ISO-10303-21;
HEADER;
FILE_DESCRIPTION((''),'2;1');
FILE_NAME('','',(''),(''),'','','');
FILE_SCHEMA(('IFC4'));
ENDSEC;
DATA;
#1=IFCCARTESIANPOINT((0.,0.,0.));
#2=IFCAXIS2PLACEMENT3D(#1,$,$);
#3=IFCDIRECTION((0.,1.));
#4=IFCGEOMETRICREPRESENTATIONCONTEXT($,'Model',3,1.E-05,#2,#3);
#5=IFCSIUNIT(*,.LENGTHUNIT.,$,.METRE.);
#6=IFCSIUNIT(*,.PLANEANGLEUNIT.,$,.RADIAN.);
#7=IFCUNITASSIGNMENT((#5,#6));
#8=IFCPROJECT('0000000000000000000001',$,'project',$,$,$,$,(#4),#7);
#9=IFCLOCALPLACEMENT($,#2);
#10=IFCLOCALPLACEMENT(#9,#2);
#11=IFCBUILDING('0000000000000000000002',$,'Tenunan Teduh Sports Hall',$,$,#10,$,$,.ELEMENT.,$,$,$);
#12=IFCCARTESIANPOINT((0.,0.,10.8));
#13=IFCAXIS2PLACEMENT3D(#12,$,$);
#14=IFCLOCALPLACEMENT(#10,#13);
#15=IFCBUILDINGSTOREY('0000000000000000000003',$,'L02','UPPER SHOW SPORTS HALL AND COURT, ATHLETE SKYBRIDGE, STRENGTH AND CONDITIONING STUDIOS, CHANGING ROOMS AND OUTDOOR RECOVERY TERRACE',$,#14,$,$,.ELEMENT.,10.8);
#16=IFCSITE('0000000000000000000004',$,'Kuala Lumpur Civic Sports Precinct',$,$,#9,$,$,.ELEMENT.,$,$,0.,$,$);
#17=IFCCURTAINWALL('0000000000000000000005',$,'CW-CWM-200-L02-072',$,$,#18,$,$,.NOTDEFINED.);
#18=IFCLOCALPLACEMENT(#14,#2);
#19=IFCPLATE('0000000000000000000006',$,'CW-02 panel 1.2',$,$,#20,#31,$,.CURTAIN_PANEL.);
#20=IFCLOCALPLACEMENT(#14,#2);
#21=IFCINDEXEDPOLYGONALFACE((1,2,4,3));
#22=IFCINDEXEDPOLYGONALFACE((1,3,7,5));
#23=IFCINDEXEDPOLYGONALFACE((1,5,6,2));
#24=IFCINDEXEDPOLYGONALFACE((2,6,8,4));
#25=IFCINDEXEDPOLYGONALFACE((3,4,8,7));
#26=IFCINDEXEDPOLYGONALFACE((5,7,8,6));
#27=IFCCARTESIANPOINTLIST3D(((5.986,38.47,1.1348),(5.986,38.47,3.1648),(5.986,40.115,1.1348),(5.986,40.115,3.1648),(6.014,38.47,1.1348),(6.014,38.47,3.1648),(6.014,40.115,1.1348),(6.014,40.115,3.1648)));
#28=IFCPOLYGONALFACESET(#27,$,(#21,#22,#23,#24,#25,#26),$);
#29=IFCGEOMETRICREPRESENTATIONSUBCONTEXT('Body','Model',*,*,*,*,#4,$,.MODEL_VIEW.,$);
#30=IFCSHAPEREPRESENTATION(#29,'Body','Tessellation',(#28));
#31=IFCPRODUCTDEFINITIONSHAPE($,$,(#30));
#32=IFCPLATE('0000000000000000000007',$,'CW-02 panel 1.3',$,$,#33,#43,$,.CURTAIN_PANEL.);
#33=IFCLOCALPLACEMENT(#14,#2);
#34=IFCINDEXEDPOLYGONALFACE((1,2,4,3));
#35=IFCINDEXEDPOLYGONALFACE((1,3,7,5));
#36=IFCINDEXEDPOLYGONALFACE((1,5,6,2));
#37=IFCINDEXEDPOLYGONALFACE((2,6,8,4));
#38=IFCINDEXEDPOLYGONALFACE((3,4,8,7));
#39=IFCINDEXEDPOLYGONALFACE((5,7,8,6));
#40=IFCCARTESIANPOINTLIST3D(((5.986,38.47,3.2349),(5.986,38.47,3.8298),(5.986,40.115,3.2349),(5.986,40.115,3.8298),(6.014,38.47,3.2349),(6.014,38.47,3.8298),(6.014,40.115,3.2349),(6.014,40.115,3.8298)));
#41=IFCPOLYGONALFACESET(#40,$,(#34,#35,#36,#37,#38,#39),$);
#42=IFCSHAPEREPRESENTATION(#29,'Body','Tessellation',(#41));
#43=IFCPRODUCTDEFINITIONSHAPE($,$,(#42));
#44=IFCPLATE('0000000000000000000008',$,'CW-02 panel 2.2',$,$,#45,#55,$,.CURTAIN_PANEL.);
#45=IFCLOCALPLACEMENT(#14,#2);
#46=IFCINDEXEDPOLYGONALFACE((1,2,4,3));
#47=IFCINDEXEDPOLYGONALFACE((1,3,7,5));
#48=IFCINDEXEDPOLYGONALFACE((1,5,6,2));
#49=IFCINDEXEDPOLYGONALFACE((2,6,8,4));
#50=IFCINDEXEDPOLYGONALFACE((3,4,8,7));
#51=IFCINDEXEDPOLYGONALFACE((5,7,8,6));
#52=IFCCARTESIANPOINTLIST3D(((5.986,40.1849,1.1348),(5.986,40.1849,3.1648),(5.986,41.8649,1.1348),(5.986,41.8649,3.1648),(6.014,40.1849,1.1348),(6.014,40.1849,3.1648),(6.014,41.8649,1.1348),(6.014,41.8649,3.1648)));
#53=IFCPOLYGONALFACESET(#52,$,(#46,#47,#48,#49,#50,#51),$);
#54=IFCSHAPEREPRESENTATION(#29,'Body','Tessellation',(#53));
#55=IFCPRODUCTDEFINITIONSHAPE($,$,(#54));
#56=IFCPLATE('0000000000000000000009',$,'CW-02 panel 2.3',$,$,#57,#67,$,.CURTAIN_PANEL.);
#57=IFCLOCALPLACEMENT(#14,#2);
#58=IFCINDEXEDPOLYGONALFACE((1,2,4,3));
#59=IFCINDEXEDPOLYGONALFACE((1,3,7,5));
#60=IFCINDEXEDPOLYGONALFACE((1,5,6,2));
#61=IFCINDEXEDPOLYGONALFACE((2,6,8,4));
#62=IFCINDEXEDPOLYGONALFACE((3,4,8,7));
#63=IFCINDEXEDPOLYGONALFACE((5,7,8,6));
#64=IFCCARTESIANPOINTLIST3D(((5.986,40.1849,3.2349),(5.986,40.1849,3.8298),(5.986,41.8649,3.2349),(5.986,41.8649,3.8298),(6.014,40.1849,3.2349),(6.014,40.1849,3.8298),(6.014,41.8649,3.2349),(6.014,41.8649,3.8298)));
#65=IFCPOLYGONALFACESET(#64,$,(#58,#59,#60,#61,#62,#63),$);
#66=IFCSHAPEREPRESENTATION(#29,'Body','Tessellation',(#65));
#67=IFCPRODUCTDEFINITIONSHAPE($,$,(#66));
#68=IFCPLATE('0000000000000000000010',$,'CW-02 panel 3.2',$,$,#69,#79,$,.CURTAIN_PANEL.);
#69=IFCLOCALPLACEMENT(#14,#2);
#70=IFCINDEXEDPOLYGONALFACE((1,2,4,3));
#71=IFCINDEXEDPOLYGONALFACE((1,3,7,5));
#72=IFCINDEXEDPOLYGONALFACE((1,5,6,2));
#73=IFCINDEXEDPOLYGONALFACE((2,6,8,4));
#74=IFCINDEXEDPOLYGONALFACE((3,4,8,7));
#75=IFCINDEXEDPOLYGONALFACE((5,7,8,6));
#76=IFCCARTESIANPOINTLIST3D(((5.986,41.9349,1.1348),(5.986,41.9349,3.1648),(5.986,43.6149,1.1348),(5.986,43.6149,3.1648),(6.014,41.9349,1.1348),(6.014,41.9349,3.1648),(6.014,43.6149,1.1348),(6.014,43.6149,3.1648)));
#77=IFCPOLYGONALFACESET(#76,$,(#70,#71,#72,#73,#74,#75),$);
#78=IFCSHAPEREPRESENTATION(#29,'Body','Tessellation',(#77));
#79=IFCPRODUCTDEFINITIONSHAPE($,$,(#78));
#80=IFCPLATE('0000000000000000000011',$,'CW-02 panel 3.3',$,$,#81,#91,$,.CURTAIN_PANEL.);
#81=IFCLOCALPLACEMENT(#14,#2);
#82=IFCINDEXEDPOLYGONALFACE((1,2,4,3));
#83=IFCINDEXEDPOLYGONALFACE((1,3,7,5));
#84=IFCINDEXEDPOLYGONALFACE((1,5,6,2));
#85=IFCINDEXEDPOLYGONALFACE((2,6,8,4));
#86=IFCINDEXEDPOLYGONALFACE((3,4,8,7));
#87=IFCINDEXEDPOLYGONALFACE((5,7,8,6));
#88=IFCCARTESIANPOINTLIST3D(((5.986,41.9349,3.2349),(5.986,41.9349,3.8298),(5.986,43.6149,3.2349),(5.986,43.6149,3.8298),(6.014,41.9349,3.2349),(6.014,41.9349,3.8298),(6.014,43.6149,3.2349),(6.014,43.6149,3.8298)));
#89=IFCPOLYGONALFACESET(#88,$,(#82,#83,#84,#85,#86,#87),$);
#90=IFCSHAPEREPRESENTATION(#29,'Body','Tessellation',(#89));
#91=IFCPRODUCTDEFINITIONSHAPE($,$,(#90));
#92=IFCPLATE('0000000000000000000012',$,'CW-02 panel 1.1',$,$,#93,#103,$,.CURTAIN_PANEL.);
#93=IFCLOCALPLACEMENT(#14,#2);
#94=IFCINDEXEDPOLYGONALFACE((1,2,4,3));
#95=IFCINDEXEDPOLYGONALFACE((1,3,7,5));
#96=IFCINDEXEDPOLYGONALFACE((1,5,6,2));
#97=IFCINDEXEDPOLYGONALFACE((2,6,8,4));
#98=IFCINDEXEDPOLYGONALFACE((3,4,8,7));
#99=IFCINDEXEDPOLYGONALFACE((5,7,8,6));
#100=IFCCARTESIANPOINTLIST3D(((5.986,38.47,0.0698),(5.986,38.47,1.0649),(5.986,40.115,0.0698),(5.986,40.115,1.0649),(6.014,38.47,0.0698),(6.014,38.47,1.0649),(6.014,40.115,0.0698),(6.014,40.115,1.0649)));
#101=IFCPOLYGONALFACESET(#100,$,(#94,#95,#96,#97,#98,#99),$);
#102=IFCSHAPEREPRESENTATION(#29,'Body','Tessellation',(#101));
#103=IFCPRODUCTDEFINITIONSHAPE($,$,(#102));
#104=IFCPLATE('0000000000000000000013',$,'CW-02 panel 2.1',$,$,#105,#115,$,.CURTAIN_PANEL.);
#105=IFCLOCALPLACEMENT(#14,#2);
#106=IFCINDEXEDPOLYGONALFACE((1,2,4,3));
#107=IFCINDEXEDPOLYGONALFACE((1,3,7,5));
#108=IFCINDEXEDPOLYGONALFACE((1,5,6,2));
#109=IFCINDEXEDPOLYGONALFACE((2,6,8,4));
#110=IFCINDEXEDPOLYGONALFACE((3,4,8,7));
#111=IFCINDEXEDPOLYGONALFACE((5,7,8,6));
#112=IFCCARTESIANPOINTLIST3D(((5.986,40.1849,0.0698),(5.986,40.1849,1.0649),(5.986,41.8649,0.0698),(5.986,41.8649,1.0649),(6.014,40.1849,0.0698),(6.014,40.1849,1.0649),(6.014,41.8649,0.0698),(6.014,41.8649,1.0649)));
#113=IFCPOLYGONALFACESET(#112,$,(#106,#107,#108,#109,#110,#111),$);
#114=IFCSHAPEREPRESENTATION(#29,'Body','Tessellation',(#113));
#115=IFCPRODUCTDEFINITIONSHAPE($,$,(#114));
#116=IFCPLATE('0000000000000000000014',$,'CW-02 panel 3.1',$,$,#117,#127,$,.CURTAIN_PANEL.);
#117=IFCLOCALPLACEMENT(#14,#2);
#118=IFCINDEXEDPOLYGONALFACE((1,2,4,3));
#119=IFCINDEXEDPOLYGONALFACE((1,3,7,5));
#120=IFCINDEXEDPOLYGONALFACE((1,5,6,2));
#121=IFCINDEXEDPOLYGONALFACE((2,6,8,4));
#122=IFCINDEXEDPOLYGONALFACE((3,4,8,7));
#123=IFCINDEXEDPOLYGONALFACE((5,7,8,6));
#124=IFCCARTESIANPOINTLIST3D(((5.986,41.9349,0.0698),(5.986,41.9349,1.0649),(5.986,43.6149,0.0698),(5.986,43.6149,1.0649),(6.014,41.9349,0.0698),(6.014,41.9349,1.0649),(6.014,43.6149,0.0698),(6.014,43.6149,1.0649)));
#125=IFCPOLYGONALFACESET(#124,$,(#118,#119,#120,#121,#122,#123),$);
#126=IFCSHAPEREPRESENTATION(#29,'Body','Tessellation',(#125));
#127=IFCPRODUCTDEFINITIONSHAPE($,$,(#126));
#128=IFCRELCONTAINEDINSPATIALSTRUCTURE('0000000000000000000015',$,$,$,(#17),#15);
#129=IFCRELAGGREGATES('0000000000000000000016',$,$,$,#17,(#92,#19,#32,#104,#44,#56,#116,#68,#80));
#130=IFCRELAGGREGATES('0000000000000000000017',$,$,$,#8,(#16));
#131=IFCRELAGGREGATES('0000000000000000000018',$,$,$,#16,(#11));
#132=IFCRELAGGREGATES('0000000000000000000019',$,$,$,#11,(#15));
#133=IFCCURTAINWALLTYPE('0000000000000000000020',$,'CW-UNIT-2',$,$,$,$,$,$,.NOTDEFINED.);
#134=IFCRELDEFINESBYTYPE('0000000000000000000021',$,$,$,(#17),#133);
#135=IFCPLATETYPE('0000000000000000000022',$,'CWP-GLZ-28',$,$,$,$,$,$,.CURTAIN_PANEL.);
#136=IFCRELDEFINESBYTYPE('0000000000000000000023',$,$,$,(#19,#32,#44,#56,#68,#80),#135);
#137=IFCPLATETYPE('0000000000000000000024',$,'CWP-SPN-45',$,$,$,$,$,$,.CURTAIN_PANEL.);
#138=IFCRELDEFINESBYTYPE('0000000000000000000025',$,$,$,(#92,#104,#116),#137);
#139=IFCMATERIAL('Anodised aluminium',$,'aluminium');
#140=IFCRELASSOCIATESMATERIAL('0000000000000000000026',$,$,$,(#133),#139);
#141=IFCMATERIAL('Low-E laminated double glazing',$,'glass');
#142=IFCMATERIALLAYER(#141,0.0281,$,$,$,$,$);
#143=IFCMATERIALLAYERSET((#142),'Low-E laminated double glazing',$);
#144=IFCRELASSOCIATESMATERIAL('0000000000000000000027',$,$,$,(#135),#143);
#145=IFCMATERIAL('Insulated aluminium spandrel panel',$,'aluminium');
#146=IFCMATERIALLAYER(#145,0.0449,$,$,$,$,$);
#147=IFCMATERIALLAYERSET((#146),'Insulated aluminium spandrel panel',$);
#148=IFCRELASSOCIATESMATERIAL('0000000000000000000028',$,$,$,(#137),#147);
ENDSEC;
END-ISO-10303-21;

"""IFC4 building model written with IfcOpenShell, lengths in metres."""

from ifc_helpers import new_model, si_unit, direction, frame, origin, origin_2d, place, context, subcontext, project, spatial, rectangle, extrude, material, layer, layer_set, type_object, element, aggregate, save


model = new_model("IFC4")

# Units and contexts
model_context = context("Model", 3, precision=1e-05, world=origin(), true_north=direction((0.0, 1.0)))
body_context = subcontext(model_context, "Body", "Model", "MODEL_VIEW")
ifc_project = project(units=[si_unit("LENGTHUNIT", "METRE"), si_unit("PLANEANGLEUNIT", "RADIAN")], contexts=[model_context])

# Site, building, storey
site_placement = place(None, origin())
site = spatial("IfcSite", under=ifc_project, at=site_placement, Name="Kuala Lumpur Civic Sports Precinct", CompositionType="ELEMENT", RefElevation=0.0)
building_placement = place(site_placement, origin())
building = spatial("IfcBuilding", under=site, at=building_placement, Name="Tenunan Teduh Sports Hall", CompositionType="ELEMENT")
storey_placement = place(building_placement, frame((0.0, 0.0, 10.8)))
storey = spatial("IfcBuildingStorey", under=building, at=storey_placement, Name="L02", Description="UPPER SHOW SPORTS HALL AND COURT, ATHLETE SKYBRIDGE, STRENGTH AND CONDITIONING STUDIOS, CHANGING ROOMS AND OUTDOOR RECOVERY TERRACE", CompositionType="ELEMENT", Elevation=10.8)

# Curtain wall, plates
ifc_material_1 = material(Name="Anodised aluminium", Category="aluminium")
curtain_wall_type = type_object("IfcCurtainWallType", Name="CW-UNIT-2", PredefinedType="NOTDEFINED", material=ifc_material_1)
curtain_wall_placement = place(storey_placement, origin())
curtain_wall = element("IfcCurtainWall", 1, at=curtain_wall_placement, inside=storey, type_object=curtain_wall_type, Name="CW-CWM-200-L02-072", PredefinedType="NOTDEFINED")
ifc_material_2 = material(Name="Low-E laminated double glazing", Category="glass")
ifc_layer_1 = layer(ifc_material_2, 0.0281)
ifc_layer_set_1 = layer_set([ifc_layer_1], Name="Low-E laminated double glazing")
plate_type_1 = type_object("IfcPlateType", Name="CWP-GLZ-28", PredefinedType="CURTAIN_PANEL", material=ifc_layer_set_1)
plate_1_placement = place(storey_placement, frame((6.0, 39.2925, 1.1348), z_axis=(0.0, 0.0, 1.0), x_axis=(0.0, 1.0, 0.0)))
plate_1 = element("IfcPlate", 2, at=plate_1_placement, type_object=plate_type_1, Name="CW-02 panel 1.2", PredefinedType="CURTAIN_PANEL", context=body_context, shape_type="SweptSolid", body=[
    extrude(rectangle(XDim=1.645, YDim=0.0281, at=origin_2d()), origin(), (0.0, 0.0, 1.0), 2.03),
])
plate_2_placement = place(storey_placement, frame((6.0, 39.2925, 3.2349), z_axis=(0.0, 0.0, 1.0), x_axis=(0.0, 1.0, 0.0)))
plate_2 = element("IfcPlate", 3, at=plate_2_placement, type_object=plate_type_1, Name="CW-02 panel 1.3", PredefinedType="CURTAIN_PANEL", context=body_context, shape_type="SweptSolid", body=[
    extrude(rectangle(XDim=1.645, YDim=0.0281, at=origin_2d()), origin(), (0.0, 0.0, 1.0), 0.595),
])
plate_3_placement = place(storey_placement, frame((6.0, 41.0249, 1.1348), z_axis=(0.0, 0.0, 1.0), x_axis=(0.0, 1.0, 0.0)))
plate_3 = element("IfcPlate", 4, at=plate_3_placement, type_object=plate_type_1, Name="CW-02 panel 2.2", PredefinedType="CURTAIN_PANEL", context=body_context, shape_type="SweptSolid", body=[
    extrude(rectangle(XDim=1.6799, YDim=0.0281, at=origin_2d()), origin(), (0.0, 0.0, 1.0), 2.03),
])
plate_4_placement = place(storey_placement, frame((6.0, 41.0249, 3.2349), z_axis=(0.0, 0.0, 1.0), x_axis=(0.0, 1.0, 0.0)))
plate_4 = element("IfcPlate", 5, at=plate_4_placement, type_object=plate_type_1, Name="CW-02 panel 2.3", PredefinedType="CURTAIN_PANEL", context=body_context, shape_type="SweptSolid", body=[
    extrude(rectangle(XDim=1.6799, YDim=0.0281, at=origin_2d()), origin(), (0.0, 0.0, 1.0), 0.595),
])
plate_5_placement = place(storey_placement, frame((6.0, 42.7749, 1.1348), z_axis=(0.0, 0.0, 1.0), x_axis=(0.0, 1.0, 0.0)))
plate_5 = element("IfcPlate", 6, at=plate_5_placement, type_object=plate_type_1, Name="CW-02 panel 3.2", PredefinedType="CURTAIN_PANEL", context=body_context, shape_type="SweptSolid", body=[
    extrude(rectangle(XDim=1.6799, YDim=0.0281, at=origin_2d()), origin(), (0.0, 0.0, 1.0), 2.03),
])
plate_6_placement = place(storey_placement, frame((6.0, 42.7749, 3.2349), z_axis=(0.0, 0.0, 1.0), x_axis=(0.0, 1.0, 0.0)))
plate_6 = element("IfcPlate", 7, at=plate_6_placement, type_object=plate_type_1, Name="CW-02 panel 3.3", PredefinedType="CURTAIN_PANEL", context=body_context, shape_type="SweptSolid", body=[
    extrude(rectangle(XDim=1.6799, YDim=0.0281, at=origin_2d()), origin(), (0.0, 0.0, 1.0), 0.595),
])
ifc_material_3 = material(Name="Insulated aluminium spandrel panel", Category="aluminium")
ifc_layer_2 = layer(ifc_material_3, 0.0449)
ifc_layer_set_2 = layer_set([ifc_layer_2], Name="Insulated aluminium spandrel panel")
plate_type_2 = type_object("IfcPlateType", Name="CWP-SPN-45", PredefinedType="CURTAIN_PANEL", material=ifc_layer_set_2)
plate_7_placement = place(storey_placement, frame((6.0, 39.2925, 0.0698), z_axis=(0.0, 0.0, 1.0), x_axis=(0.0, 1.0, 0.0)))
plate_7 = element("IfcPlate", 8, at=plate_7_placement, type_object=plate_type_2, Name="CW-02 panel 1.1", PredefinedType="CURTAIN_PANEL", context=body_context, shape_type="SweptSolid", body=[
    extrude(rectangle(XDim=1.645, YDim=0.0281, at=origin_2d()), origin(), (0.0, 0.0, 1.0), 0.9951),
])
plate_8_placement = place(storey_placement, frame((6.0, 41.0249, 0.0698), z_axis=(0.0, 0.0, 1.0), x_axis=(0.0, 1.0, 0.0)))
plate_8 = element("IfcPlate", 9, at=plate_8_placement, type_object=plate_type_2, Name="CW-02 panel 2.1", PredefinedType="CURTAIN_PANEL", context=body_context, shape_type="SweptSolid", body=[
    extrude(rectangle(XDim=1.6799, YDim=0.0281, at=origin_2d()), origin(), (0.0, 0.0, 1.0), 0.9951),
])
plate_9_placement = place(storey_placement, frame((6.0, 42.7749, 0.0698), z_axis=(0.0, 0.0, 1.0), x_axis=(0.0, 1.0, 0.0)))
plate_9 = element("IfcPlate", 10, at=plate_9_placement, type_object=plate_type_2, Name="CW-02 panel 3.1", PredefinedType="CURTAIN_PANEL", context=body_context, shape_type="SweptSolid", body=[
    extrude(rectangle(XDim=1.6799, YDim=0.0281, at=origin_2d()), origin(), (0.0, 0.0, 1.0), 0.9951),
])
aggregate(curtain_wall, [plate_7, plate_1, plate_2, plate_8, plate_3, plate_4, plate_9, plate_5, plate_6])

save(model, "model.ifc")
